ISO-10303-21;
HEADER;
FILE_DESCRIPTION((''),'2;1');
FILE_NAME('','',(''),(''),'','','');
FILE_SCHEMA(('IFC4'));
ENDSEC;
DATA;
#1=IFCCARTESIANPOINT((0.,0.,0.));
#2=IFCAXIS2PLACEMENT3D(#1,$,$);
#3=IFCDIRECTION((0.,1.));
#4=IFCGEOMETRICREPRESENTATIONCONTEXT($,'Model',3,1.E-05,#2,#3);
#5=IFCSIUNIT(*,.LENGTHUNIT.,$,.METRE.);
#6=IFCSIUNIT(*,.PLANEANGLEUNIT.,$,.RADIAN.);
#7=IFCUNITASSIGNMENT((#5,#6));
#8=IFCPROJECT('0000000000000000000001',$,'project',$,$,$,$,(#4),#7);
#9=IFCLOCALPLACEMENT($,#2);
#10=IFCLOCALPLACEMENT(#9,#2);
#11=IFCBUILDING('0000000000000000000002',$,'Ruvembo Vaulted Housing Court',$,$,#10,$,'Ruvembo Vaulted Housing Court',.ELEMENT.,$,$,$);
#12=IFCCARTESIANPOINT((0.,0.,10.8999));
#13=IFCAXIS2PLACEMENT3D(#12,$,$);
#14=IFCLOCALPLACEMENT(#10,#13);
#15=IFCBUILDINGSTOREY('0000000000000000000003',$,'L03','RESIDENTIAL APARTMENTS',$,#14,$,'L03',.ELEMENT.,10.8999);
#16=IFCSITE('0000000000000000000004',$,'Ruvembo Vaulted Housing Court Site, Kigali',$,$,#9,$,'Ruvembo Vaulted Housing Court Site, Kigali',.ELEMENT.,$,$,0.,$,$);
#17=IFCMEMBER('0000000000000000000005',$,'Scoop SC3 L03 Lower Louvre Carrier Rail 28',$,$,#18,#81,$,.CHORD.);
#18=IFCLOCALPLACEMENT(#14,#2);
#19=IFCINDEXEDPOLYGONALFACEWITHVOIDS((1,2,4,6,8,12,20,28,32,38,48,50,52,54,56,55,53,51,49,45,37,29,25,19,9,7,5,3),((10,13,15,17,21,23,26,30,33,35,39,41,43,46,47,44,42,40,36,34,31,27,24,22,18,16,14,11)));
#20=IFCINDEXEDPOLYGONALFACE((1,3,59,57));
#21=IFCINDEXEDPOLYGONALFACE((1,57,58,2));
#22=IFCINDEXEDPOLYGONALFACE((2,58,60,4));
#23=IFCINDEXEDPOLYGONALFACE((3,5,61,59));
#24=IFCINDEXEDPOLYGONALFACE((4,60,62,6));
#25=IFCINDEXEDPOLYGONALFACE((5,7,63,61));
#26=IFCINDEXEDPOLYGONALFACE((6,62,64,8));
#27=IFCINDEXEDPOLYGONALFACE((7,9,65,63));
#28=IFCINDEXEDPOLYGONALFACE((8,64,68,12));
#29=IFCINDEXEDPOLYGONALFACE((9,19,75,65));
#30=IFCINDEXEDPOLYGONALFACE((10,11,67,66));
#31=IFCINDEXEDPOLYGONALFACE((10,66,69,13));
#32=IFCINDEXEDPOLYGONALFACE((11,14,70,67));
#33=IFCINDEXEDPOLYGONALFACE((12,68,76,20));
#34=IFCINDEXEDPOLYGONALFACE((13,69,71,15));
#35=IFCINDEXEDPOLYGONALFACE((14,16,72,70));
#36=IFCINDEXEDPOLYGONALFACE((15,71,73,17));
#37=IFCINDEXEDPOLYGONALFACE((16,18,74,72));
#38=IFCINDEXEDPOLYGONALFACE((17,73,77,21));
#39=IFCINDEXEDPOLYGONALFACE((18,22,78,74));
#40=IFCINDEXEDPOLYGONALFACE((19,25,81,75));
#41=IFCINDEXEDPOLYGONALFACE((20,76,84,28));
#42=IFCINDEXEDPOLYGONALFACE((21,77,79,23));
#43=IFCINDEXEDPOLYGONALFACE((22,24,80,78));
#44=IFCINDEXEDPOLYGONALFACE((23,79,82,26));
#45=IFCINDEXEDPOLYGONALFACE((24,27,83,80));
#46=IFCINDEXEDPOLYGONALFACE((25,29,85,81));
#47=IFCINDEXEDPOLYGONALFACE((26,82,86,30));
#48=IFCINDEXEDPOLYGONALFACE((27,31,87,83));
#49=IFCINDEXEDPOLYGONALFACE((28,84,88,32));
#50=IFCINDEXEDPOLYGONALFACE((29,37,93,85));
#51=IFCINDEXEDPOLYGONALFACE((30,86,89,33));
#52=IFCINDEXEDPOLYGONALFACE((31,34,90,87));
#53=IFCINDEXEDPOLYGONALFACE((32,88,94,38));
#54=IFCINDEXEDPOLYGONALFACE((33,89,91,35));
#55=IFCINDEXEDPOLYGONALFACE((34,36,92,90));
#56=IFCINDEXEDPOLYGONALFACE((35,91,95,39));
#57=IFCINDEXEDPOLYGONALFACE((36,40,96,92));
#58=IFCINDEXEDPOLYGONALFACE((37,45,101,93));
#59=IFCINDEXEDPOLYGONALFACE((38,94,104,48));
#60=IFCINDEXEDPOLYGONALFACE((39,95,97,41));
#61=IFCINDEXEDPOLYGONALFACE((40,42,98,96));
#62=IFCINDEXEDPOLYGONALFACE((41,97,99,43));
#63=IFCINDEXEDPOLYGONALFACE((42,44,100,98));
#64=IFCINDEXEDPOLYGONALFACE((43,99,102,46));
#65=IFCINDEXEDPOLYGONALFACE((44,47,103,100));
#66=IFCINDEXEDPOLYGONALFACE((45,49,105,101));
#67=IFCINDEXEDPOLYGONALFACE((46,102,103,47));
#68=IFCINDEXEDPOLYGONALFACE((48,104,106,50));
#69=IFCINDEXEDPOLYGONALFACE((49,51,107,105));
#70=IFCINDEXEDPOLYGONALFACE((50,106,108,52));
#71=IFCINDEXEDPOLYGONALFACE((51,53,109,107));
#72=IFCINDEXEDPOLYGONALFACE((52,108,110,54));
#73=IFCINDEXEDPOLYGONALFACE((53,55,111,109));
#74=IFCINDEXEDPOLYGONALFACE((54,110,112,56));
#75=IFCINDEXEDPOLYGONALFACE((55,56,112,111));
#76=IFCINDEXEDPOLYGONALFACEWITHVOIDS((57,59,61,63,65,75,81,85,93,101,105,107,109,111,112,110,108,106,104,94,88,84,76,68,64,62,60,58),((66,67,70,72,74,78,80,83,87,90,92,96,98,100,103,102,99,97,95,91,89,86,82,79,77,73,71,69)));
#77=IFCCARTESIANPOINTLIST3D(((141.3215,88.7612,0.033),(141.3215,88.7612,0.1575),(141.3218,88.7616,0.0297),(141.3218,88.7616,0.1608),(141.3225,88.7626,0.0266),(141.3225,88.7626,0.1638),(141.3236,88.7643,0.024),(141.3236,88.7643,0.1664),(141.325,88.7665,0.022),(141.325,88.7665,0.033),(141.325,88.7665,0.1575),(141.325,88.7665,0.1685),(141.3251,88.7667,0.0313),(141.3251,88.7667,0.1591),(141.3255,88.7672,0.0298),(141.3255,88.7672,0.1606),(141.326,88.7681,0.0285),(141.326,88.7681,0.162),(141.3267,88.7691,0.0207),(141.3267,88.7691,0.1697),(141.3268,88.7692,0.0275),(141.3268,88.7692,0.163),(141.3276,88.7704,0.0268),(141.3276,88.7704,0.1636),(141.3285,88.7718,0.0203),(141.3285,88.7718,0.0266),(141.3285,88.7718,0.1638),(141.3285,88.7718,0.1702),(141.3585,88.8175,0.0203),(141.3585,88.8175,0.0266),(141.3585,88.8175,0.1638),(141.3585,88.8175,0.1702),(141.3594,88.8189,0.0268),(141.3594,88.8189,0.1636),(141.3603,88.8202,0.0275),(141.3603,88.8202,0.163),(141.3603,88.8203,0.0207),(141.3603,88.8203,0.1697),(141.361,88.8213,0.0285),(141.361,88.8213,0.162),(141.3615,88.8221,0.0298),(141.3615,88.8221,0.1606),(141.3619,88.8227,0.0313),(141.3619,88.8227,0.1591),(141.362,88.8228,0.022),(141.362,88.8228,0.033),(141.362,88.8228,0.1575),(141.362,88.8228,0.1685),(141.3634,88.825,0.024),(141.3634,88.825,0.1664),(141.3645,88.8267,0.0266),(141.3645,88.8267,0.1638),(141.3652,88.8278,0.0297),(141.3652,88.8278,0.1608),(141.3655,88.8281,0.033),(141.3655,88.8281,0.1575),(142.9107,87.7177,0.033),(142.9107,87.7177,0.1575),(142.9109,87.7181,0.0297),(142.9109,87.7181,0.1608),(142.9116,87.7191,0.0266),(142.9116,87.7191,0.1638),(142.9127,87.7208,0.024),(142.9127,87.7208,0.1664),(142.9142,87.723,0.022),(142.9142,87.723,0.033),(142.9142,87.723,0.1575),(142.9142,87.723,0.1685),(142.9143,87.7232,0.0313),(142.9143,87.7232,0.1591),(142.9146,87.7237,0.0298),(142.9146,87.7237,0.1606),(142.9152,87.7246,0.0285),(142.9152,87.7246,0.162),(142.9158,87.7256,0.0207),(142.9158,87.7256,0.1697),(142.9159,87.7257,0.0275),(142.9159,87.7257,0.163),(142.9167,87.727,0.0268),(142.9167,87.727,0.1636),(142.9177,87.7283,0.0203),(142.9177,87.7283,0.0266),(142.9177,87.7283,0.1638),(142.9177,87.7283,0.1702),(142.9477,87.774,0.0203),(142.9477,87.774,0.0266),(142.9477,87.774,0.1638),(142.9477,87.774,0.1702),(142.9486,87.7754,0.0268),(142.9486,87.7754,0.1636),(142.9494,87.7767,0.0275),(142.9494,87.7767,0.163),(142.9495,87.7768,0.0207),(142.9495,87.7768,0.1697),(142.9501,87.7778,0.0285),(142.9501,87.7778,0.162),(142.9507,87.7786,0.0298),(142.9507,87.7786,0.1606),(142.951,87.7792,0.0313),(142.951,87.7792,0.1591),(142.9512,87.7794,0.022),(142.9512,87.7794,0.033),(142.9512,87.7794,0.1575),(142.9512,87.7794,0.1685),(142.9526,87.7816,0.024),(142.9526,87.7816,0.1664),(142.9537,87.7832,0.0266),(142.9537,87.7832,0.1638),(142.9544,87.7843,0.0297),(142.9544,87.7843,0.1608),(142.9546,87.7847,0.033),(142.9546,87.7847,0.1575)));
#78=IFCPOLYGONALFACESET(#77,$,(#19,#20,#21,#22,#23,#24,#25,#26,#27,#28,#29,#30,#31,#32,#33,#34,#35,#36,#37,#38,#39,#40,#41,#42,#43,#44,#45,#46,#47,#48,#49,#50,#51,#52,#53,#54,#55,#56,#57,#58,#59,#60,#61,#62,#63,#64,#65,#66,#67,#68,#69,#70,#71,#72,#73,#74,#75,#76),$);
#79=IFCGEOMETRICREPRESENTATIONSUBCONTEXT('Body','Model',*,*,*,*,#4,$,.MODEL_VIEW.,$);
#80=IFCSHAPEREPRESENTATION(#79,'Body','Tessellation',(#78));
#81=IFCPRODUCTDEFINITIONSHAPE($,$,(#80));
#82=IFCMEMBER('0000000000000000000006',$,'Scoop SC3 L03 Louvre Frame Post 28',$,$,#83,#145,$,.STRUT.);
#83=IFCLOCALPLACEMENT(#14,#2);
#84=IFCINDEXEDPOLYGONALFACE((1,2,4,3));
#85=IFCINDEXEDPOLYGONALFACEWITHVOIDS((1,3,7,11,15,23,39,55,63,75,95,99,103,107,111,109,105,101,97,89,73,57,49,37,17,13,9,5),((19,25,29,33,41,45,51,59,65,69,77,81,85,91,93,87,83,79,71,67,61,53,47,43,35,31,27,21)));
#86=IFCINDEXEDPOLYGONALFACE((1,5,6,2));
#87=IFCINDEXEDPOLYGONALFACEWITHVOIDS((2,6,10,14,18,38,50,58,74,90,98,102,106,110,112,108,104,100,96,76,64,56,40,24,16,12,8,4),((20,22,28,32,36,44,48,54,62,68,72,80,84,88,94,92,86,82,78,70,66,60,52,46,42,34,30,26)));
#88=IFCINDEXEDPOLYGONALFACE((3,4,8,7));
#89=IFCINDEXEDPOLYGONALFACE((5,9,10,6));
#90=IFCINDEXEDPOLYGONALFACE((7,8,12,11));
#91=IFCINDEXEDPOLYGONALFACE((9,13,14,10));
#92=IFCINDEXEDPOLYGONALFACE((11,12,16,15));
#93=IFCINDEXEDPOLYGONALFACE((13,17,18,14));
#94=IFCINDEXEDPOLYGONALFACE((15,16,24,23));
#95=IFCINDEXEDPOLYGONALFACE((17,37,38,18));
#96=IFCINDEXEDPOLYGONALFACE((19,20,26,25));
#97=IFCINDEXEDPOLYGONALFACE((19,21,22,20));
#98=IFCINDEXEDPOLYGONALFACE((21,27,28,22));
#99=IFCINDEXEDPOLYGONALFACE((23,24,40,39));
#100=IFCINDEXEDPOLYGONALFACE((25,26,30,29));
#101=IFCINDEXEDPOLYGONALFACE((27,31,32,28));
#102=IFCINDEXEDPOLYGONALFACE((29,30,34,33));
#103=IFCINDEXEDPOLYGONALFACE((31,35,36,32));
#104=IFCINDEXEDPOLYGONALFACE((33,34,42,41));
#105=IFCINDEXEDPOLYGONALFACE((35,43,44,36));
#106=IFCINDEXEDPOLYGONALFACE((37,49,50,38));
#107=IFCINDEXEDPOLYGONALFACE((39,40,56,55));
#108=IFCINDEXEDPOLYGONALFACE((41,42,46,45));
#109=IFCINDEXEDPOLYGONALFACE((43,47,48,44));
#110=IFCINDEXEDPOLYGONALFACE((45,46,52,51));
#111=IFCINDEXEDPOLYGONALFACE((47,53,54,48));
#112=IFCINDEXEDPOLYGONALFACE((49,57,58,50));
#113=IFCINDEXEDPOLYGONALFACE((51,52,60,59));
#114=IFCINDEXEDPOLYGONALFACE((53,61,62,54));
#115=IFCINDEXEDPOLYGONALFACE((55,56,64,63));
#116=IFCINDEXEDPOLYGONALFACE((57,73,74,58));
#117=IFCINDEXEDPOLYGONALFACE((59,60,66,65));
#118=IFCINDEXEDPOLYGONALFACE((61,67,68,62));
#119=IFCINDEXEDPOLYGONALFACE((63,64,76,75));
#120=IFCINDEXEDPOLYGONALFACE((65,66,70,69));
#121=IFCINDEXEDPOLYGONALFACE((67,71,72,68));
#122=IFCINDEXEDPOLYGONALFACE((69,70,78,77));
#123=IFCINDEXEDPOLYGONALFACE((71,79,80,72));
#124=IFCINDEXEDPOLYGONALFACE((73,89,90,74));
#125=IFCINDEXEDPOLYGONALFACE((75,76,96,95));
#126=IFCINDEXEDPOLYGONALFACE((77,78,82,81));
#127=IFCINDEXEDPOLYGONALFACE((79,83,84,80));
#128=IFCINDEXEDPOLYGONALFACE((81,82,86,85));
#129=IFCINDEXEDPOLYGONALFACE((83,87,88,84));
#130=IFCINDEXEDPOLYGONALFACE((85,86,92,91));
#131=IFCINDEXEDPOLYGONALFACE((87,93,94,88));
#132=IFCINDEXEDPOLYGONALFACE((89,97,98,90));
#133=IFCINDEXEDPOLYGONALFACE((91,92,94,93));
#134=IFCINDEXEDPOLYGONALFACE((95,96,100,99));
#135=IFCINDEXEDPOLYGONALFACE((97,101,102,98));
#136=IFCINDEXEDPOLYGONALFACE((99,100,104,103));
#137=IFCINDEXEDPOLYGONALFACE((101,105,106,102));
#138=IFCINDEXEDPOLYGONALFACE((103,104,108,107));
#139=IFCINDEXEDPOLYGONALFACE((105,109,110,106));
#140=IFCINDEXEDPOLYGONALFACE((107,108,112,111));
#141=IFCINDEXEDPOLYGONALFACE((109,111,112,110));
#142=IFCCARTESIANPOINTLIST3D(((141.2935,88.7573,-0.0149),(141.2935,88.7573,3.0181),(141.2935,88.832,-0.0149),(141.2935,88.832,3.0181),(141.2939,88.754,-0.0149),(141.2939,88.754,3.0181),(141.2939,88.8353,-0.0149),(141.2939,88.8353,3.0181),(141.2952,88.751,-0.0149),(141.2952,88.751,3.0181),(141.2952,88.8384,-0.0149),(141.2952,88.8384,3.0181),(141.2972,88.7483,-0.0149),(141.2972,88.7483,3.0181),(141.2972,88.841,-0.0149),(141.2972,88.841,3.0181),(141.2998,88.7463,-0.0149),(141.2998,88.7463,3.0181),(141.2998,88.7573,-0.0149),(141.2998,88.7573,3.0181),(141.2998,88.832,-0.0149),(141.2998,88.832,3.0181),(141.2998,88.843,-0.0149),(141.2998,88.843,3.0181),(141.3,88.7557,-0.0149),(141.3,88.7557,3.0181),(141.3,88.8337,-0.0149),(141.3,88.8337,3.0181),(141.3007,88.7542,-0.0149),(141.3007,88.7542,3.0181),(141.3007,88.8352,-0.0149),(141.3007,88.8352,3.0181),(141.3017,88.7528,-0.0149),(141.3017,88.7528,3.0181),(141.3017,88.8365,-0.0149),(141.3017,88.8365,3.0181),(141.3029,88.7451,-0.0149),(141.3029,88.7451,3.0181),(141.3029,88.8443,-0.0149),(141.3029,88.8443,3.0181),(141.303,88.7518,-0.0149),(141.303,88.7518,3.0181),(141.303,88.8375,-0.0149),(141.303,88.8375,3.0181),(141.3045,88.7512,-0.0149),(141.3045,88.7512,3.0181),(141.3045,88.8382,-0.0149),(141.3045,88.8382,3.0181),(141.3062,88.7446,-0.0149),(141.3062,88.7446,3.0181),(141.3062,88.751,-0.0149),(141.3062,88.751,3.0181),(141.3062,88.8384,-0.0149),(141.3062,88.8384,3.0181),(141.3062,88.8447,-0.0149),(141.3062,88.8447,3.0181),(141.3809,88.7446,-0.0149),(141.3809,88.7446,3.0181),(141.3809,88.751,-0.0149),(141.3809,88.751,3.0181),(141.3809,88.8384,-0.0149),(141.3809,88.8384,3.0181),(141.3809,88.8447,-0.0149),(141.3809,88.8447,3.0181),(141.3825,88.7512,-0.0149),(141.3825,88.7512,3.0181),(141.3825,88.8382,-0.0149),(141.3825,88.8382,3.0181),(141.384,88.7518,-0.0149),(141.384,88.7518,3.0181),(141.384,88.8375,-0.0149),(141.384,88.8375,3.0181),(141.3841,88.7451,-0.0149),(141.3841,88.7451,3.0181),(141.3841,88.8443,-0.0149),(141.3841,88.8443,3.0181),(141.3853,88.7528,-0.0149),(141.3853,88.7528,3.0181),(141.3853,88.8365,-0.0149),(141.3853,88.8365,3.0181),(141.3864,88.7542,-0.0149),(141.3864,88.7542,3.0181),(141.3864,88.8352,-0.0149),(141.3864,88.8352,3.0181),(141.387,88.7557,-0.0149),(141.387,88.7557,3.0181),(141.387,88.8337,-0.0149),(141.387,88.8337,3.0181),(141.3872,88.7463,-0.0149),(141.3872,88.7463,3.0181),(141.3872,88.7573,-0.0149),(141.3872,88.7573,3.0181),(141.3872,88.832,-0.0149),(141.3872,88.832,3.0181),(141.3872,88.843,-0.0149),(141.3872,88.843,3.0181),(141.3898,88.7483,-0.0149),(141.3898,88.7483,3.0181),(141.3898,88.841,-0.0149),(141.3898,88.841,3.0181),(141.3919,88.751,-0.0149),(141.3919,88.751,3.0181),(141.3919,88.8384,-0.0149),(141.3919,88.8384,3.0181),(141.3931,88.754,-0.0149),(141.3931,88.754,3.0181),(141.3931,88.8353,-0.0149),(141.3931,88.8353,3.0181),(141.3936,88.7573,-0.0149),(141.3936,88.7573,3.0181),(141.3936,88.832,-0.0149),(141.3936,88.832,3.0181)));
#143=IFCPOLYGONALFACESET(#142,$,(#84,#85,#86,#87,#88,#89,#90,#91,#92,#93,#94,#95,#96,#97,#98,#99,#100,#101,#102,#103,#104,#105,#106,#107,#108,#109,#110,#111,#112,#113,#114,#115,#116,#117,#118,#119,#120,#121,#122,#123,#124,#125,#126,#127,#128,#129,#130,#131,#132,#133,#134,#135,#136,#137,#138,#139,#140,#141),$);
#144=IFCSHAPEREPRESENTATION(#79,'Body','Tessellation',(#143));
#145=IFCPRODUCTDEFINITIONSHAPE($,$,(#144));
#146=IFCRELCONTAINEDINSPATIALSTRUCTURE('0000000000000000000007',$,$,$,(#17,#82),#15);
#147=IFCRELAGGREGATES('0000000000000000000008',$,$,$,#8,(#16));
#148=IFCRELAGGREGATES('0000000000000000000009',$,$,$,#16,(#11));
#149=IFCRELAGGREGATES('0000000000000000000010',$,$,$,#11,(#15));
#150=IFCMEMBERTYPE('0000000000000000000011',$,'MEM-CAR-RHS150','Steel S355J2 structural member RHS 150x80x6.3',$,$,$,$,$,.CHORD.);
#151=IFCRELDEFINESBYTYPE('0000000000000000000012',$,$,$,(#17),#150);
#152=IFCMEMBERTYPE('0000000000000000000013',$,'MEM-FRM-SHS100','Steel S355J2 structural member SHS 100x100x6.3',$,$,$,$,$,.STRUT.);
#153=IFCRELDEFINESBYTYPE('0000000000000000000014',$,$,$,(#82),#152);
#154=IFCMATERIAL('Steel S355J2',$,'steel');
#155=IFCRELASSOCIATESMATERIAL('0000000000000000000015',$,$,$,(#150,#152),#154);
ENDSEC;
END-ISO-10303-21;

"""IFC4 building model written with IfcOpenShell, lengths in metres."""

from ifc_helpers import new_model, si_unit, direction, frame, origin, origin_2d, place, context, subcontext, project, spatial, hollow_rectangle, extrude, material, material_profile, profile_set, type_object, element, save


model = new_model("IFC4")

# Units and contexts
model_context = context("Model", 3, precision=1e-05, world=origin(), true_north=direction((0.0, 1.0)))
body_context = subcontext(model_context, "Body", "Model", "MODEL_VIEW")
ifc_project = project(units=[si_unit("LENGTHUNIT", "METRE"), si_unit("PLANEANGLEUNIT", "RADIAN")], contexts=[model_context])

# Site, building, storey
site_placement = place(None, origin())
site = spatial("IfcSite", under=ifc_project, at=site_placement, Name="Ruvembo Vaulted Housing Court Site, Kigali", LongName="Ruvembo Vaulted Housing Court Site, Kigali", CompositionType="ELEMENT", RefElevation=0.0)
building_placement = place(site_placement, origin())
building = spatial("IfcBuilding", under=site, at=building_placement, Name="Ruvembo Vaulted Housing Court", LongName="Ruvembo Vaulted Housing Court", CompositionType="ELEMENT")
storey_placement = place(building_placement, frame((0.0, 0.0, 10.8999)))
storey = spatial("IfcBuildingStorey", under=building, at=storey_placement, Name="L03", Description="RESIDENTIAL APARTMENTS", LongName="L03", CompositionType="ELEMENT", Elevation=10.8999)

# Shared definitions
ifc_material_1 = material(Name="Steel S355J2", Category="steel")

# Members
ifc_material_profile_1 = material_profile(ifc_material_1, hollow_rectangle(XDim=0.0801, YDim=0.1499, WallThickness=0.0063, InnerFilletRadius=0.0063, OuterFilletRadius=0.0127, at=origin_2d()), Name="RHS 150x80x6.3")
ifc_profile_set_1 = profile_set([ifc_material_profile_1], Name="Steel S355J2")
member_type_1 = type_object("IfcMemberType", Name="MEM-CAR-RHS150", Description="Steel S355J2 structural member RHS 150x80x6.3", PredefinedType="CHORD", material=ifc_profile_set_1)
member_1_placement = place(storey_placement, frame((141.3435, 88.7947, 0.0952), z_axis=(0.835902, -0.548878, 0.0), x_axis=(0.548878, 0.835902, 0.0)))
element("IfcMember", 1, at=member_1_placement, inside=storey, type_object=member_type_1, Name="Scoop SC3 L03 Lower Louvre Carrier Rail 28", PredefinedType="CHORD", context=body_context, shape_type="SweptSolid", body=[
    extrude(hollow_rectangle(XDim=0.0801, YDim=0.1499, WallThickness=0.0063, InnerFilletRadius=0.0063, OuterFilletRadius=0.0127, at=origin_2d()), origin(), (0.0, 0.0, 1.0), 1.9011),
])
ifc_material_profile_2 = material_profile(ifc_material_1, hollow_rectangle(XDim=0.1001, YDim=0.1001, WallThickness=0.0063, InnerFilletRadius=0.0063, OuterFilletRadius=0.0127, at=origin_2d()), Name="SHS 100x100x6.3")
ifc_profile_set_2 = profile_set([ifc_material_profile_2], Name="Steel S355J2")
member_type_2 = type_object("IfcMemberType", Name="MEM-FRM-SHS100", Description="Steel S355J2 structural member SHS 100x100x6.3", PredefinedType="STRUT", material=ifc_profile_set_2)
for number, where, z_axis, x_axis, name in (
    (2, (141.3435, 88.7947, -0.0149), (0.0, 0.0, 1.0), (1.0, 0.0, 0.0), "Scoop SC3 L03 Louvre Frame Post 28"),
):
    element("IfcMember", number, at=place(storey_placement, frame(where, z_axis=z_axis, x_axis=x_axis)), inside=storey, type_object=member_type_2, Name=name, PredefinedType="STRUT", context=body_context, shape_type="SweptSolid", body=[
        extrude(hollow_rectangle(XDim=0.1001, YDim=0.1001, WallThickness=0.0063, InnerFilletRadius=0.0063, OuterFilletRadius=0.0127, at=origin_2d()), origin(), (0.0, 0.0, 1.0), 3.033),
    ])

save(model, "model.ifc")
